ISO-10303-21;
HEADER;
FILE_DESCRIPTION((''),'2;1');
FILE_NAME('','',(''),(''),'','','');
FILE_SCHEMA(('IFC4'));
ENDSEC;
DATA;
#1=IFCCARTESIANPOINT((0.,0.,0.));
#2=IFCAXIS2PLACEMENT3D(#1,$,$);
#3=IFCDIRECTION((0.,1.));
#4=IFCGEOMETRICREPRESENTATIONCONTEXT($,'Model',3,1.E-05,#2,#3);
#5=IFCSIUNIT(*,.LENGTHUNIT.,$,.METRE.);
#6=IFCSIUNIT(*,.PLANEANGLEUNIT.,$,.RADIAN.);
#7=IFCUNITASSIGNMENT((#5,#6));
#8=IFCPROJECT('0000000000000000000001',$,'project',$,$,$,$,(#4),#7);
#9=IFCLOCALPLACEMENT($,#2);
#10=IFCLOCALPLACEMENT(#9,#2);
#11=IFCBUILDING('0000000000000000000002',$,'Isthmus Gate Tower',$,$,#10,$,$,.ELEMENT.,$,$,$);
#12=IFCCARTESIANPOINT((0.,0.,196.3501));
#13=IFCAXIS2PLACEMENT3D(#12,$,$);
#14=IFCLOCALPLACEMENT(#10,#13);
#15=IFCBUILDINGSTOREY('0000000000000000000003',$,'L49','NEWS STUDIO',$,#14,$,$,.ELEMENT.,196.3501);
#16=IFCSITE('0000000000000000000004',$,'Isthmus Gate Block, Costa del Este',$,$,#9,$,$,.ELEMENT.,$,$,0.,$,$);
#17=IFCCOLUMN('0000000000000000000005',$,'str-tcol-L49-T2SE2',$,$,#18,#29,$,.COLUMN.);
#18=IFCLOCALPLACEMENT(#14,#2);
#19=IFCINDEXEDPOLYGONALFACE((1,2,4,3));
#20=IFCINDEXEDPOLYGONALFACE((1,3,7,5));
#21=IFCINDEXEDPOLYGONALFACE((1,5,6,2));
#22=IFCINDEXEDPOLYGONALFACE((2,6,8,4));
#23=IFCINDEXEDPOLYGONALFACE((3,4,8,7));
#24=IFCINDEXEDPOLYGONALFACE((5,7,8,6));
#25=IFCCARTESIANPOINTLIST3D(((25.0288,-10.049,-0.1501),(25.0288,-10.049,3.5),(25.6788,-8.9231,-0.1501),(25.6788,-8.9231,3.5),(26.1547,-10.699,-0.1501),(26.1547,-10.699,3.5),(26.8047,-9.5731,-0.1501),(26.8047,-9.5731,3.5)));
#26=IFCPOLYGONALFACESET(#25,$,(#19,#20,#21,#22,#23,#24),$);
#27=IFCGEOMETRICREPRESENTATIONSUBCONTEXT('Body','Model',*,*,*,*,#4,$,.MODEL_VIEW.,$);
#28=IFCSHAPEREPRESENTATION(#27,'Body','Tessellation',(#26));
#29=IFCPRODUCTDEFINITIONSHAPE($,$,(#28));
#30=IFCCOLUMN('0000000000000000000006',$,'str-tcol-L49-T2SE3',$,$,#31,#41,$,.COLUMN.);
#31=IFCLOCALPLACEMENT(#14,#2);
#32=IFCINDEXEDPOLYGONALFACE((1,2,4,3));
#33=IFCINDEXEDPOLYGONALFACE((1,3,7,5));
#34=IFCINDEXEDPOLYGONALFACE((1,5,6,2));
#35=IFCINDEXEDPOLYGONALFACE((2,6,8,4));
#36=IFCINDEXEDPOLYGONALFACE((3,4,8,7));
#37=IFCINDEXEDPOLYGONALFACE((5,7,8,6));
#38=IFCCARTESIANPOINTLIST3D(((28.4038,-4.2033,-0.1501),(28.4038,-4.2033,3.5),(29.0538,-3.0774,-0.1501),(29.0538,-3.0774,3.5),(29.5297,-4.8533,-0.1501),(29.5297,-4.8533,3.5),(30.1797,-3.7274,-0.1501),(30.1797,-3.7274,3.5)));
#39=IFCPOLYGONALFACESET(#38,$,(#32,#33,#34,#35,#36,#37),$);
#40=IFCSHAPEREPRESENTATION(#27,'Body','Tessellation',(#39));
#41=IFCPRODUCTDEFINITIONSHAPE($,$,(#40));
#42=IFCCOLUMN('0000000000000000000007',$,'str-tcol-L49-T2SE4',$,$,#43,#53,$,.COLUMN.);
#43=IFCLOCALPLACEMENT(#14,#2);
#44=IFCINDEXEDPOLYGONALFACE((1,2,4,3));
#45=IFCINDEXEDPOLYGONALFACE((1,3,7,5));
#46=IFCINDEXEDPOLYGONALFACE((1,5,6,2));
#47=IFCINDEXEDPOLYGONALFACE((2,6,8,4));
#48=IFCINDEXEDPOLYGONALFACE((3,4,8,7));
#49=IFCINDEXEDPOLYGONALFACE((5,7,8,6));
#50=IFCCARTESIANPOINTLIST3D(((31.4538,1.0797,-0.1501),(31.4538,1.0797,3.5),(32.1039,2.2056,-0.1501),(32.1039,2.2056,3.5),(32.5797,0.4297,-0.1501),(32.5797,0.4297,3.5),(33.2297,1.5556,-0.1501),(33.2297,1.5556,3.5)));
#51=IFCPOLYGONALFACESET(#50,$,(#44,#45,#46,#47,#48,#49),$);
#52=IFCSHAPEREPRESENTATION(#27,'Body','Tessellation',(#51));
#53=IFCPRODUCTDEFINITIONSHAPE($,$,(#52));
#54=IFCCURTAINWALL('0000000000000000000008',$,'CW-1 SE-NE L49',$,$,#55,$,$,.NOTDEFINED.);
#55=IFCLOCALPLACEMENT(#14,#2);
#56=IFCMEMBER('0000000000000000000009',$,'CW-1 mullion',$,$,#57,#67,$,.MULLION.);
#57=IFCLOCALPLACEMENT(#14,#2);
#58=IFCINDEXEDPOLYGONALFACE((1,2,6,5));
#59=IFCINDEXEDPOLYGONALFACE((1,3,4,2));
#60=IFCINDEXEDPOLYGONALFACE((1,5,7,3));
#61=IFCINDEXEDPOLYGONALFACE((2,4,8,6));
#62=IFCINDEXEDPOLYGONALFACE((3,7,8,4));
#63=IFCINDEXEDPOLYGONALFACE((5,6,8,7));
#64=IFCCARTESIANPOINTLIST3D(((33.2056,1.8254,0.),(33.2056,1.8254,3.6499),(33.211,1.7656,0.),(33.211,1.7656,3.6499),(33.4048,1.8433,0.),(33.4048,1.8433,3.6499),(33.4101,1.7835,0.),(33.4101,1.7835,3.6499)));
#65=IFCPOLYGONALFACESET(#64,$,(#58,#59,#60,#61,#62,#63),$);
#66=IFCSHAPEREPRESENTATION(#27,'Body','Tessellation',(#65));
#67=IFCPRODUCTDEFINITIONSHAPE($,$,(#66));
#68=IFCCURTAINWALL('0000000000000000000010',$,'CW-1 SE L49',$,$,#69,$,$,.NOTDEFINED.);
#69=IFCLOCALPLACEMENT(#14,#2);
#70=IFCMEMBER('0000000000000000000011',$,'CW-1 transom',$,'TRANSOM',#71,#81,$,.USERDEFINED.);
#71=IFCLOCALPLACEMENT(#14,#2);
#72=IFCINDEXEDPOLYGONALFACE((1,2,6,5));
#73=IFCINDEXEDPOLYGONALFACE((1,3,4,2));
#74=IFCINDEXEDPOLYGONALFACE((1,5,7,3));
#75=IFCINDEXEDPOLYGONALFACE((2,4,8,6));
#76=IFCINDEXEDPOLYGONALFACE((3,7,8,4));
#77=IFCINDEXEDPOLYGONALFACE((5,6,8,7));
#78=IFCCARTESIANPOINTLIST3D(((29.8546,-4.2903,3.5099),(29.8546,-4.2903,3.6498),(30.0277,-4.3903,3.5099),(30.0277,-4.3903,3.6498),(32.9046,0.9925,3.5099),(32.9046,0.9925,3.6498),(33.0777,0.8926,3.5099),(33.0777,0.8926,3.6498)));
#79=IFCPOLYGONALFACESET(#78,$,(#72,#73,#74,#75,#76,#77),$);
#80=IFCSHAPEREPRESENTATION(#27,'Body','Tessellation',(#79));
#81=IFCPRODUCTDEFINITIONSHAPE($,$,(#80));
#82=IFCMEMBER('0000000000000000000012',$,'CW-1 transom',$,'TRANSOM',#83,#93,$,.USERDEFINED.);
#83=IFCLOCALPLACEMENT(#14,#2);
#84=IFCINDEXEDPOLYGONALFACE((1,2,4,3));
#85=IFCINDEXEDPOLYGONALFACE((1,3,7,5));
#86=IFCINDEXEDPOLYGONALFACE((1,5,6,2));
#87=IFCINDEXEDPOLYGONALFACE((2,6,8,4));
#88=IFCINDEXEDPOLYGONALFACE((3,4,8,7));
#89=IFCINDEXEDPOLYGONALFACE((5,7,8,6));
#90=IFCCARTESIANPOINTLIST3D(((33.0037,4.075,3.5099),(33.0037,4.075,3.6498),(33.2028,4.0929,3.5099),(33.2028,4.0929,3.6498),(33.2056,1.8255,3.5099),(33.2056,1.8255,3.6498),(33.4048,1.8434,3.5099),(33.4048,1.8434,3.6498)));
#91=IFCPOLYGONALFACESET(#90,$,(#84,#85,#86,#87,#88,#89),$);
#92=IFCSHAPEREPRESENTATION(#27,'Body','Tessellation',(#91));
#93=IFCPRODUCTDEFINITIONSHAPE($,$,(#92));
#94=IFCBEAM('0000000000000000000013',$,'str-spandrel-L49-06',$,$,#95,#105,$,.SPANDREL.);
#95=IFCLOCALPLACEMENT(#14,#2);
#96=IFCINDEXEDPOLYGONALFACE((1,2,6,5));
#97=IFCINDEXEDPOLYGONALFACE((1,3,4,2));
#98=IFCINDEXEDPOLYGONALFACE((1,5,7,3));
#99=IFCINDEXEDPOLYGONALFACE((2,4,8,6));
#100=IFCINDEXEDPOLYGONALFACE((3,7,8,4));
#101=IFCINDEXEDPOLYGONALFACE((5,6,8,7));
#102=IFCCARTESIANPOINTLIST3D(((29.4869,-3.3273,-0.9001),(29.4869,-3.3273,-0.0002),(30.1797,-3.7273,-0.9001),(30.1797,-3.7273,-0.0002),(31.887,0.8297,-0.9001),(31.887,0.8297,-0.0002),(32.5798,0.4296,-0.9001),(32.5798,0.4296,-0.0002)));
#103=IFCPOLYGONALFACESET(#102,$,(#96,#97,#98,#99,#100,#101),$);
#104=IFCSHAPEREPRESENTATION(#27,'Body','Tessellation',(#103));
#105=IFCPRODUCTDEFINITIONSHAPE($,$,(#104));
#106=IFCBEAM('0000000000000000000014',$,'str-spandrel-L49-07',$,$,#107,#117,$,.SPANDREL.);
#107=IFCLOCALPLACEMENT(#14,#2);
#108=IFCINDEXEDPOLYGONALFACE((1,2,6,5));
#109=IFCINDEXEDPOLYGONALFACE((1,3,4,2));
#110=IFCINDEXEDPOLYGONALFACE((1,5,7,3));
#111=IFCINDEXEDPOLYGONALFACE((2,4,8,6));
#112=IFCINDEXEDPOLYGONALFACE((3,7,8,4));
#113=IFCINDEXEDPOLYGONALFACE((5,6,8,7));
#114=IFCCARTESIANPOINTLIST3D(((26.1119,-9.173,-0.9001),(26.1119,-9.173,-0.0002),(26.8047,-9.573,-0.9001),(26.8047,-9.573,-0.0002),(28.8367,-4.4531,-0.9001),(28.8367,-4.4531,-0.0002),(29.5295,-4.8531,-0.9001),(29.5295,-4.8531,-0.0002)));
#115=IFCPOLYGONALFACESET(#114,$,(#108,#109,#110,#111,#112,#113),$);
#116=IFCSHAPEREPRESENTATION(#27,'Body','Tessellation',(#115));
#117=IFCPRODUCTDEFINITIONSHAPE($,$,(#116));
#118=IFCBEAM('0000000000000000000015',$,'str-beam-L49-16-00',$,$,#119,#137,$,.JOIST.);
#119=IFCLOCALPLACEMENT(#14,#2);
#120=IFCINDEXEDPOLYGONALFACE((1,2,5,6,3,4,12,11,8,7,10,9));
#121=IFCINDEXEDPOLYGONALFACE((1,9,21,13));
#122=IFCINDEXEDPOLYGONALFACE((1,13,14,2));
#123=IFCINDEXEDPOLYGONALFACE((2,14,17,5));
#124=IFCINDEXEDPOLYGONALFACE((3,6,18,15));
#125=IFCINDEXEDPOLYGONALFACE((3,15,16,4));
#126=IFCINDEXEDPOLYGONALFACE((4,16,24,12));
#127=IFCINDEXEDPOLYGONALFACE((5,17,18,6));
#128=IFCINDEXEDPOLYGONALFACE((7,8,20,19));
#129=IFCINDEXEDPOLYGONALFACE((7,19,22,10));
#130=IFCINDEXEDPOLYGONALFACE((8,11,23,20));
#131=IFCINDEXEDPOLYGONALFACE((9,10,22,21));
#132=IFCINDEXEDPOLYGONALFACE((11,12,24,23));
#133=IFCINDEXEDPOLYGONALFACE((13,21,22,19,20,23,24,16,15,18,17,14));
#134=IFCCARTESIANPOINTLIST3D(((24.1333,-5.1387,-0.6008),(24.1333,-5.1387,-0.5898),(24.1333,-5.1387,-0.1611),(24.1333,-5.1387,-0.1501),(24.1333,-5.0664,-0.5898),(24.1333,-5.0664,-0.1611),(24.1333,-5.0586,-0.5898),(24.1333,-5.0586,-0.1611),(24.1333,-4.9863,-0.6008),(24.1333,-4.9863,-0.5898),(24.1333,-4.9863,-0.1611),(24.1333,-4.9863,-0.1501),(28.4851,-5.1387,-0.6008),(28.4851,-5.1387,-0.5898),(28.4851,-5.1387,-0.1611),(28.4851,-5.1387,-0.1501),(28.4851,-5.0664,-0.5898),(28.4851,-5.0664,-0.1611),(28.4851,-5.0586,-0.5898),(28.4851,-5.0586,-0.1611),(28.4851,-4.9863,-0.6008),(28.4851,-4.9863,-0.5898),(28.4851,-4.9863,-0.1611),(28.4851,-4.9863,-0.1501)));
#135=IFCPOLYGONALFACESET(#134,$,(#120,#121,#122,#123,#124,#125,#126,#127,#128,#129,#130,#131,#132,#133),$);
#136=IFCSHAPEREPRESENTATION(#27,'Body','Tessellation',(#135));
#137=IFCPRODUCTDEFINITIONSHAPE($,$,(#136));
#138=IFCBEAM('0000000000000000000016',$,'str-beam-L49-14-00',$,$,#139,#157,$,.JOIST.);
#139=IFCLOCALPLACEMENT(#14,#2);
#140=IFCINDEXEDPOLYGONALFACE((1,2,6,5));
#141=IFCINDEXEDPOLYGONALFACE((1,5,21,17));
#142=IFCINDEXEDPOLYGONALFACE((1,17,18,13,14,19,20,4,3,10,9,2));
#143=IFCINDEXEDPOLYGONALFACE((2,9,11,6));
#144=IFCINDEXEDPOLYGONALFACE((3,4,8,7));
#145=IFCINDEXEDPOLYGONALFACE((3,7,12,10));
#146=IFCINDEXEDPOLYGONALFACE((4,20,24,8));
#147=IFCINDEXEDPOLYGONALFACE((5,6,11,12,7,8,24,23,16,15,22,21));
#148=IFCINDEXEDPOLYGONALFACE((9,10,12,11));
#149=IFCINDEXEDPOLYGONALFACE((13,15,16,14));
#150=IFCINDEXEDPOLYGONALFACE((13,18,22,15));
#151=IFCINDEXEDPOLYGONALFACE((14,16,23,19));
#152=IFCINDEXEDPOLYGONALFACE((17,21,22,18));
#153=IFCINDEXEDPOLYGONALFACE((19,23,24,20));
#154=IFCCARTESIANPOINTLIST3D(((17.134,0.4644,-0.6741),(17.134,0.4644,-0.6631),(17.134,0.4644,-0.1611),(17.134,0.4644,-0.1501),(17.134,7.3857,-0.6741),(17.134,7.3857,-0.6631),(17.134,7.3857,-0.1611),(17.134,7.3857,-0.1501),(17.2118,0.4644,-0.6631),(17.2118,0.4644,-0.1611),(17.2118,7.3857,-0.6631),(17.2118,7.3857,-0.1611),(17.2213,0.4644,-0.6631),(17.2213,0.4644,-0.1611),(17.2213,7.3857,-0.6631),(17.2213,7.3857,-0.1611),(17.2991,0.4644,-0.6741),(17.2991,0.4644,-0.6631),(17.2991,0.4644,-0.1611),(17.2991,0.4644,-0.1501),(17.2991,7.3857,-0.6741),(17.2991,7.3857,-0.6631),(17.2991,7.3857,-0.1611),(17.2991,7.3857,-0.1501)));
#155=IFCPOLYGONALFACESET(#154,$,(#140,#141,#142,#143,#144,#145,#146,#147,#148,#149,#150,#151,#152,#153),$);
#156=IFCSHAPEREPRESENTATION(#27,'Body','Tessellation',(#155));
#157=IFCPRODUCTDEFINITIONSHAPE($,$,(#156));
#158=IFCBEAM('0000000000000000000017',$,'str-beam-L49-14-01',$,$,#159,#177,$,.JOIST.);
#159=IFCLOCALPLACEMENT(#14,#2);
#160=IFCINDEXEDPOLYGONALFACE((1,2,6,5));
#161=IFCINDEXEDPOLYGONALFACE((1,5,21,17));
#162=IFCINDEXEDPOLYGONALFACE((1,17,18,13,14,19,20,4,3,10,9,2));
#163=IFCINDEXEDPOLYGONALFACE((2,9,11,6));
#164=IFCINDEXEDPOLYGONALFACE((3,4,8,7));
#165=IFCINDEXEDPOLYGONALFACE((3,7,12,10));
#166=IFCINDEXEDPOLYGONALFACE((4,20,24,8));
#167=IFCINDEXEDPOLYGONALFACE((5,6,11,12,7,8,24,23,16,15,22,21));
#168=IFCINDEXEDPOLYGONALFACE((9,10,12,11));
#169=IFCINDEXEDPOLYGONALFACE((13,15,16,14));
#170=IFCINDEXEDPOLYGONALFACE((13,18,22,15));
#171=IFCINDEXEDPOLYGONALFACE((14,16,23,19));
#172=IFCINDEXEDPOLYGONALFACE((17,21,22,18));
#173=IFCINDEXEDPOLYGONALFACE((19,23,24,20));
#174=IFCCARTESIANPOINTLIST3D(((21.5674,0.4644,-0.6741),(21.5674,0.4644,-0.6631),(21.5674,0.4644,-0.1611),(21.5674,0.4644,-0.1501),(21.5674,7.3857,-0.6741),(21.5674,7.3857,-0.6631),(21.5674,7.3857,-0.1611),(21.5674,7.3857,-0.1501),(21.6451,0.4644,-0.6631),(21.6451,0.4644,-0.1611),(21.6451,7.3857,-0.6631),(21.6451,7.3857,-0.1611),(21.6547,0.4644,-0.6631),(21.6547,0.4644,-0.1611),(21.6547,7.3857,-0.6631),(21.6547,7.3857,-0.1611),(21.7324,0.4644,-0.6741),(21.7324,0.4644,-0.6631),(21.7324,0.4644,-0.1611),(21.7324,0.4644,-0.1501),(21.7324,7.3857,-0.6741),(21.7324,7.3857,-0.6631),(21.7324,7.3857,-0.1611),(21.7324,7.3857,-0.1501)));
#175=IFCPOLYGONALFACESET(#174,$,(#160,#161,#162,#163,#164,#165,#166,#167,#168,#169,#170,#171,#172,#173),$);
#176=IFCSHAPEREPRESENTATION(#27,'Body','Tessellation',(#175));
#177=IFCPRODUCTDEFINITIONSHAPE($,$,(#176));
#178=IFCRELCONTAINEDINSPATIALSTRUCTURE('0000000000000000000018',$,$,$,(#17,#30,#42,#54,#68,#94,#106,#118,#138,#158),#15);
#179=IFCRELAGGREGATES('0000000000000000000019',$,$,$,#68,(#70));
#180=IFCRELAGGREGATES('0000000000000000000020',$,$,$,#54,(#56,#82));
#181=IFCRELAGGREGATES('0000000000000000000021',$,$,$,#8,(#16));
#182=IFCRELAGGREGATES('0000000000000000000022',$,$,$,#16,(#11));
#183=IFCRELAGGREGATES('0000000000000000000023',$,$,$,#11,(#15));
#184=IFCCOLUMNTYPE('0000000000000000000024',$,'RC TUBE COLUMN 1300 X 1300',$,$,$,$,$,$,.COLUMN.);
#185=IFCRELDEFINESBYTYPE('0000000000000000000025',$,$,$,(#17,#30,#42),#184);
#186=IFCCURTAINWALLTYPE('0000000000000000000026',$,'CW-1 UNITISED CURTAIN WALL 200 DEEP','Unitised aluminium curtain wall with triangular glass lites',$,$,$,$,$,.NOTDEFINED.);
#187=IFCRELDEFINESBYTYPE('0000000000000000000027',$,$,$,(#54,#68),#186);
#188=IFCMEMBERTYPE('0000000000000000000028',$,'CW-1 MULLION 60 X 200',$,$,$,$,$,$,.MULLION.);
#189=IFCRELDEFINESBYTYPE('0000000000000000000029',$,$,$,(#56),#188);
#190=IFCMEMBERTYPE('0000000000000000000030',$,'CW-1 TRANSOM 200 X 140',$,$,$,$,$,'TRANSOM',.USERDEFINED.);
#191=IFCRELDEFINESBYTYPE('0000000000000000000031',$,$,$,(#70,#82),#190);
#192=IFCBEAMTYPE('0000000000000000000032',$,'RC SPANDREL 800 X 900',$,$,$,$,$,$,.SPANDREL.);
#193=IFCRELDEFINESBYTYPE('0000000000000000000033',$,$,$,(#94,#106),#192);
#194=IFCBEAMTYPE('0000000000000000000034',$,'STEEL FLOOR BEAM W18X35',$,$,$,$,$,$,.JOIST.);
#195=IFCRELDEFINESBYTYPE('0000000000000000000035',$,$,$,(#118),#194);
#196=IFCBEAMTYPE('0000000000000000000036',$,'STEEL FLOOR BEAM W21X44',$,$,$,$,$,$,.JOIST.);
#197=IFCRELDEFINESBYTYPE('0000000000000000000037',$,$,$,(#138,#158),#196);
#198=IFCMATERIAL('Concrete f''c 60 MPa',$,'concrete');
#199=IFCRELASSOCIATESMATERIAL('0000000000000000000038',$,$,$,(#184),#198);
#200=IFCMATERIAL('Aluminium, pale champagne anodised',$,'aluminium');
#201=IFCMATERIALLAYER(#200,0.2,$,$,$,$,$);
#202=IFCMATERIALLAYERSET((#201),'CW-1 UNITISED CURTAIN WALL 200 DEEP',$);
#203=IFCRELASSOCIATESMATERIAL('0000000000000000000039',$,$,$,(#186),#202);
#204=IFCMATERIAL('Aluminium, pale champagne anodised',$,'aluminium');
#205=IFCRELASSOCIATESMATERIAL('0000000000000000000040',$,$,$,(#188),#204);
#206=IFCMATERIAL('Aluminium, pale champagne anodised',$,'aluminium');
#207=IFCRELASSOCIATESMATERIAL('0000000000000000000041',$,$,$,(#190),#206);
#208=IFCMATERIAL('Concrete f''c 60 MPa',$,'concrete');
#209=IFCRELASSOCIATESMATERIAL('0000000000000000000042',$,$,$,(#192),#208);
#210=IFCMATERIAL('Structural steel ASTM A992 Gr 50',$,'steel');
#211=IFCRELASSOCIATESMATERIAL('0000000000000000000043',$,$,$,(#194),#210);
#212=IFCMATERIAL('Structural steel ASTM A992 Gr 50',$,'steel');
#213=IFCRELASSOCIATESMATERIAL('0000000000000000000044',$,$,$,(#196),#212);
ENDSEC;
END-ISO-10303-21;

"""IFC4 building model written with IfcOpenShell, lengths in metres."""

from ifc_helpers import new_model, si_unit, direction, frame, origin, origin_2d, place, context, subcontext, project, spatial, rectangle, i_section, extrude, material, layer, layer_set, material_profile, profile_set, type_object, element, aggregate, save


model = new_model("IFC4")

# Units and contexts
model_context = context("Model", 3, precision=1e-05, world=origin(), true_north=direction((0.0, 1.0)))
body_context = subcontext(model_context, "Body", "Model", "MODEL_VIEW")
ifc_project = project(units=[si_unit("LENGTHUNIT", "METRE"), si_unit("PLANEANGLEUNIT", "RADIAN")], contexts=[model_context])

# Site, building, storey
site_placement = place(None, origin())
site = spatial("IfcSite", under=ifc_project, at=site_placement, Name="Isthmus Gate Block, Costa del Este", CompositionType="ELEMENT", RefElevation=0.0)
building_placement = place(site_placement, origin())
building = spatial("IfcBuilding", under=site, at=building_placement, Name="Isthmus Gate Tower", CompositionType="ELEMENT")
storey_placement = place(building_placement, frame((0.0, 0.0, 196.3501)))
storey = spatial("IfcBuildingStorey", under=building, at=storey_placement, Name="L49", Description="NEWS STUDIO", CompositionType="ELEMENT", Elevation=196.3501)

# Columns
ifc_material_1 = material(Name="Concrete f'c 60 MPa", Category="concrete")
ifc_material_profile_1 = material_profile(ifc_material_1, rectangle(XDim=1.3, YDim=1.3, at=origin_2d()), Name="RC 1300X1300")
ifc_profile_set_1 = profile_set([ifc_material_profile_1], Name="Concrete f'c 60 MPa")
column_type = type_object("IfcColumnType", Name="RC TUBE COLUMN 1300 X 1300", PredefinedType="COLUMN", material=ifc_profile_set_1)
for number, where, z_axis, x_axis, name in (
    (1, (25.9167, -9.811, -0.1501), (0.0, 0.0, 1.0), (0.5, 0.866025, 0.0), "str-tcol-L49-T2SE2"),
    (2, (29.2917, -3.9653, -0.1501), (0.0, 0.0, 1.0), (0.5, 0.866025, 0.0), "str-tcol-L49-T2SE3"),
    (3, (32.3418, 1.3176, -0.1501), (0.0, 0.0, 1.0), (0.5, 0.866025, 0.0), "str-tcol-L49-T2SE4"),
):
    element("IfcColumn", number, at=place(storey_placement, frame(where, z_axis=z_axis, x_axis=x_axis)), inside=storey, type_object=column_type, Name=name, PredefinedType="COLUMN", context=body_context, shape_type="SweptSolid", body=[
        extrude(rectangle(XDim=1.3, YDim=1.3, at=origin_2d()), origin(), (0.0, 0.0, 1.0), 3.6501),
    ])

# Curtain walls, members
ifc_material_2 = material(Name="Aluminium, pale champagne anodised", Category="aluminium")
ifc_layer_1 = layer(ifc_material_2, 0.2)
ifc_layer_set_1 = layer_set([ifc_layer_1], Name="CW-1 UNITISED CURTAIN WALL 200 DEEP")
curtain_wall_type = type_object("IfcCurtainWallType", Name="CW-1 UNITISED CURTAIN WALL 200 DEEP", Description="Unitised aluminium curtain wall with triangular glass lites", PredefinedType="NOTDEFINED", material=ifc_layer_set_1)
curtain_wall_1_placement = place(storey_placement, origin())
curtain_wall_1 = element("IfcCurtainWall", 4, at=curtain_wall_1_placement, inside=storey, type_object=curtain_wall_type, Name="CW-1 SE-NE L49", PredefinedType="NOTDEFINED")
ifc_material_3 = material(Name="Aluminium, pale champagne anodised", Category="aluminium")
ifc_material_profile_2 = material_profile(ifc_material_3, rectangle(XDim=0.0601, YDim=0.2, at=origin_2d()), Name="60x200")
ifc_profile_set_2 = profile_set([ifc_material_profile_2], Name="Aluminium, pale champagne anodised")
member_type_1 = type_object("IfcMemberType", Name="CW-1 MULLION 60 X 200", PredefinedType="MULLION", material=ifc_profile_set_2)
member_1_placement = place(storey_placement, frame((33.3079, 1.8044, 0.0), z_axis=(0.0, 0.0, 1.0), x_axis=(-0.089397, 0.995996, 0.0)))
member_1 = element("IfcMember", 5, at=member_1_placement, type_object=member_type_1, Name="CW-1 mullion", PredefinedType="MULLION", context=body_context, shape_type="SweptSolid", body=[
    extrude(rectangle(XDim=0.0601, YDim=0.2, at=origin_2d()), origin(), (0.0, 0.0, 1.0), 3.6499),
])
curtain_wall_2_placement = place(storey_placement, origin())
curtain_wall_2 = element("IfcCurtainWall", 6, at=curtain_wall_2_placement, inside=storey, type_object=curtain_wall_type, Name="CW-1 SE L49", PredefinedType="NOTDEFINED")
ifc_material_4 = material(Name="Aluminium, pale champagne anodised", Category="aluminium")
ifc_material_profile_3 = material_profile(ifc_material_4, rectangle(XDim=0.2, YDim=0.1399, at=origin_2d()), Name="200x140")
ifc_profile_set_3 = profile_set([ifc_material_profile_3], Name="Aluminium, pale champagne anodised")
member_type_2 = type_object("IfcMemberType", Name="CW-1 TRANSOM 200 X 140", ElementType="TRANSOM", PredefinedType="USERDEFINED", material=ifc_profile_set_3)
member_2_placement = place(storey_placement, frame((29.9412, -4.3403, 3.5798), z_axis=(0.499992, 0.86603, 0.0), x_axis=(-0.86603, 0.499992, 0.0)))
member_2 = element("IfcMember", 7, at=member_2_placement, type_object=member_type_2, Name="CW-1 transom", ObjectType="TRANSOM", PredefinedType="USERDEFINED", context=body_context, shape_type="SweptSolid", body=[
    extrude(rectangle(XDim=0.2, YDim=0.1399, at=origin_2d()), origin(), (0.0, 0.0, 1.0), 6.1001),
])

# Member
member_3_placement = place(storey_placement, frame((33.3052, 1.8345, 3.5798), z_axis=(-0.089395, 0.995996, 0.0), x_axis=(-0.995996, -0.089395, 0.0)))
member_3 = element("IfcMember", 8, at=member_3_placement, type_object=member_type_2, Name="CW-1 transom", ObjectType="TRANSOM", PredefinedType="USERDEFINED", context=body_context, shape_type="SweptSolid", body=[
    extrude(rectangle(XDim=0.2, YDim=0.1399, at=origin_2d()), origin(), (0.0, 0.0, 1.0), 2.2585),
])

# Beams
ifc_material_5 = material(Name="Concrete f'c 60 MPa", Category="concrete")
ifc_material_profile_4 = material_profile(ifc_material_5, rectangle(XDim=0.8, YDim=0.8999, at=origin_2d()), Name="RC 800X900")
ifc_profile_set_4 = profile_set([ifc_material_profile_4], Name="Concrete f'c 60 MPa")
beam_type_1 = type_object("IfcBeamType", Name="RC SPANDREL 800 X 900", PredefinedType="SPANDREL", material=ifc_profile_set_4)
beam_1_placement = place(storey_placement, frame((32.2334, 0.6296, -0.4502), z_axis=(-0.500017, -0.866015, 0.0), x_axis=(0.866015, -0.500017, 0.0)))
element("IfcBeam", 9, at=beam_1_placement, inside=storey, type_object=beam_type_1, Name="str-spandrel-L49-06", PredefinedType="SPANDREL", context=body_context, shape_type="SweptSolid", body=[
    extrude(rectangle(XDim=0.8, YDim=0.8999, at=origin_2d()), origin(), (0.0, 0.0, 1.0), 4.8),
])
beam_2_placement = place(storey_placement, frame((29.1831, -4.6531, -0.4502), z_axis=(-0.499969, -0.866043, 0.0), x_axis=(0.866043, -0.499969, 0.0)))
element("IfcBeam", 10, at=beam_2_placement, inside=storey, type_object=beam_type_1, Name="str-spandrel-L49-07", PredefinedType="SPANDREL", context=body_context, shape_type="SweptSolid", body=[
    extrude(rectangle(XDim=0.8, YDim=0.8999, at=origin_2d()), origin(), (0.0, 0.0, 1.0), 5.45),
])
ifc_material_6 = material(Name="Structural steel ASTM A992 Gr 50", Category="steel")
ifc_material_profile_5 = material_profile(ifc_material_6, i_section(OverallWidth=0.1523, OverallDepth=0.4507, WebThickness=0.0078, FlangeThickness=0.011, at=origin_2d()), Name="W18X35")
ifc_profile_set_5 = profile_set([ifc_material_profile_5], Name="Structural steel ASTM A992 Gr 50")
beam_type_2 = type_object("IfcBeamType", Name="STEEL FLOOR BEAM W18X35", PredefinedType="JOIST", material=ifc_profile_set_5)
beam_3_placement = place(storey_placement, frame((24.1333, -5.0625, -0.3755), z_axis=(1.0, 0.0, 0.0), x_axis=(0.0, 1.0, 0.0)))
element("IfcBeam", 11, at=beam_3_placement, inside=storey, type_object=beam_type_2, Name="str-beam-L49-16-00", PredefinedType="JOIST", context=body_context, shape_type="SweptSolid", body=[
    extrude(i_section(OverallWidth=0.1523, OverallDepth=0.4507, WebThickness=0.0078, FlangeThickness=0.011, at=origin_2d()), origin(), (0.0, 0.0, 1.0), 4.3518),
])
ifc_material_7 = material(Name="Structural steel ASTM A992 Gr 50", Category="steel")
ifc_material_profile_6 = material_profile(ifc_material_7, i_section(OverallWidth=0.165, OverallDepth=0.5239, WebThickness=0.0095, FlangeThickness=0.011, at=origin_2d()), Name="W21X44")
ifc_profile_set_6 = profile_set([ifc_material_profile_6], Name="Structural steel ASTM A992 Gr 50")
beam_type_3 = type_object("IfcBeamType", Name="STEEL FLOOR BEAM W21X44", PredefinedType="JOIST", material=ifc_profile_set_6)
for number, where, z_axis, x_axis, name in (
    (12, (17.2166, 0.4644, -0.4121), (0.0, 1.0, 0.0), (-1.0, 0.0, 0.0), "str-beam-L49-14-00"),
    (13, (21.6499, 0.4644, -0.4121), (0.0, 1.0, 0.0), (-1.0, 0.0, 0.0), "str-beam-L49-14-01"),
):
    element("IfcBeam", number, at=place(storey_placement, frame(where, z_axis=z_axis, x_axis=x_axis)), inside=storey, type_object=beam_type_3, Name=name, PredefinedType="JOIST", context=body_context, shape_type="SweptSolid", body=[
        extrude(i_section(OverallWidth=0.165, OverallDepth=0.5239, WebThickness=0.0095, FlangeThickness=0.011, at=origin_2d()), origin(), (0.0, 0.0, 1.0), 6.9214),
    ])

aggregate(curtain_wall_2, [member_2])
aggregate(curtain_wall_1, [member_1, member_3])

save(model, "model.ifc")
